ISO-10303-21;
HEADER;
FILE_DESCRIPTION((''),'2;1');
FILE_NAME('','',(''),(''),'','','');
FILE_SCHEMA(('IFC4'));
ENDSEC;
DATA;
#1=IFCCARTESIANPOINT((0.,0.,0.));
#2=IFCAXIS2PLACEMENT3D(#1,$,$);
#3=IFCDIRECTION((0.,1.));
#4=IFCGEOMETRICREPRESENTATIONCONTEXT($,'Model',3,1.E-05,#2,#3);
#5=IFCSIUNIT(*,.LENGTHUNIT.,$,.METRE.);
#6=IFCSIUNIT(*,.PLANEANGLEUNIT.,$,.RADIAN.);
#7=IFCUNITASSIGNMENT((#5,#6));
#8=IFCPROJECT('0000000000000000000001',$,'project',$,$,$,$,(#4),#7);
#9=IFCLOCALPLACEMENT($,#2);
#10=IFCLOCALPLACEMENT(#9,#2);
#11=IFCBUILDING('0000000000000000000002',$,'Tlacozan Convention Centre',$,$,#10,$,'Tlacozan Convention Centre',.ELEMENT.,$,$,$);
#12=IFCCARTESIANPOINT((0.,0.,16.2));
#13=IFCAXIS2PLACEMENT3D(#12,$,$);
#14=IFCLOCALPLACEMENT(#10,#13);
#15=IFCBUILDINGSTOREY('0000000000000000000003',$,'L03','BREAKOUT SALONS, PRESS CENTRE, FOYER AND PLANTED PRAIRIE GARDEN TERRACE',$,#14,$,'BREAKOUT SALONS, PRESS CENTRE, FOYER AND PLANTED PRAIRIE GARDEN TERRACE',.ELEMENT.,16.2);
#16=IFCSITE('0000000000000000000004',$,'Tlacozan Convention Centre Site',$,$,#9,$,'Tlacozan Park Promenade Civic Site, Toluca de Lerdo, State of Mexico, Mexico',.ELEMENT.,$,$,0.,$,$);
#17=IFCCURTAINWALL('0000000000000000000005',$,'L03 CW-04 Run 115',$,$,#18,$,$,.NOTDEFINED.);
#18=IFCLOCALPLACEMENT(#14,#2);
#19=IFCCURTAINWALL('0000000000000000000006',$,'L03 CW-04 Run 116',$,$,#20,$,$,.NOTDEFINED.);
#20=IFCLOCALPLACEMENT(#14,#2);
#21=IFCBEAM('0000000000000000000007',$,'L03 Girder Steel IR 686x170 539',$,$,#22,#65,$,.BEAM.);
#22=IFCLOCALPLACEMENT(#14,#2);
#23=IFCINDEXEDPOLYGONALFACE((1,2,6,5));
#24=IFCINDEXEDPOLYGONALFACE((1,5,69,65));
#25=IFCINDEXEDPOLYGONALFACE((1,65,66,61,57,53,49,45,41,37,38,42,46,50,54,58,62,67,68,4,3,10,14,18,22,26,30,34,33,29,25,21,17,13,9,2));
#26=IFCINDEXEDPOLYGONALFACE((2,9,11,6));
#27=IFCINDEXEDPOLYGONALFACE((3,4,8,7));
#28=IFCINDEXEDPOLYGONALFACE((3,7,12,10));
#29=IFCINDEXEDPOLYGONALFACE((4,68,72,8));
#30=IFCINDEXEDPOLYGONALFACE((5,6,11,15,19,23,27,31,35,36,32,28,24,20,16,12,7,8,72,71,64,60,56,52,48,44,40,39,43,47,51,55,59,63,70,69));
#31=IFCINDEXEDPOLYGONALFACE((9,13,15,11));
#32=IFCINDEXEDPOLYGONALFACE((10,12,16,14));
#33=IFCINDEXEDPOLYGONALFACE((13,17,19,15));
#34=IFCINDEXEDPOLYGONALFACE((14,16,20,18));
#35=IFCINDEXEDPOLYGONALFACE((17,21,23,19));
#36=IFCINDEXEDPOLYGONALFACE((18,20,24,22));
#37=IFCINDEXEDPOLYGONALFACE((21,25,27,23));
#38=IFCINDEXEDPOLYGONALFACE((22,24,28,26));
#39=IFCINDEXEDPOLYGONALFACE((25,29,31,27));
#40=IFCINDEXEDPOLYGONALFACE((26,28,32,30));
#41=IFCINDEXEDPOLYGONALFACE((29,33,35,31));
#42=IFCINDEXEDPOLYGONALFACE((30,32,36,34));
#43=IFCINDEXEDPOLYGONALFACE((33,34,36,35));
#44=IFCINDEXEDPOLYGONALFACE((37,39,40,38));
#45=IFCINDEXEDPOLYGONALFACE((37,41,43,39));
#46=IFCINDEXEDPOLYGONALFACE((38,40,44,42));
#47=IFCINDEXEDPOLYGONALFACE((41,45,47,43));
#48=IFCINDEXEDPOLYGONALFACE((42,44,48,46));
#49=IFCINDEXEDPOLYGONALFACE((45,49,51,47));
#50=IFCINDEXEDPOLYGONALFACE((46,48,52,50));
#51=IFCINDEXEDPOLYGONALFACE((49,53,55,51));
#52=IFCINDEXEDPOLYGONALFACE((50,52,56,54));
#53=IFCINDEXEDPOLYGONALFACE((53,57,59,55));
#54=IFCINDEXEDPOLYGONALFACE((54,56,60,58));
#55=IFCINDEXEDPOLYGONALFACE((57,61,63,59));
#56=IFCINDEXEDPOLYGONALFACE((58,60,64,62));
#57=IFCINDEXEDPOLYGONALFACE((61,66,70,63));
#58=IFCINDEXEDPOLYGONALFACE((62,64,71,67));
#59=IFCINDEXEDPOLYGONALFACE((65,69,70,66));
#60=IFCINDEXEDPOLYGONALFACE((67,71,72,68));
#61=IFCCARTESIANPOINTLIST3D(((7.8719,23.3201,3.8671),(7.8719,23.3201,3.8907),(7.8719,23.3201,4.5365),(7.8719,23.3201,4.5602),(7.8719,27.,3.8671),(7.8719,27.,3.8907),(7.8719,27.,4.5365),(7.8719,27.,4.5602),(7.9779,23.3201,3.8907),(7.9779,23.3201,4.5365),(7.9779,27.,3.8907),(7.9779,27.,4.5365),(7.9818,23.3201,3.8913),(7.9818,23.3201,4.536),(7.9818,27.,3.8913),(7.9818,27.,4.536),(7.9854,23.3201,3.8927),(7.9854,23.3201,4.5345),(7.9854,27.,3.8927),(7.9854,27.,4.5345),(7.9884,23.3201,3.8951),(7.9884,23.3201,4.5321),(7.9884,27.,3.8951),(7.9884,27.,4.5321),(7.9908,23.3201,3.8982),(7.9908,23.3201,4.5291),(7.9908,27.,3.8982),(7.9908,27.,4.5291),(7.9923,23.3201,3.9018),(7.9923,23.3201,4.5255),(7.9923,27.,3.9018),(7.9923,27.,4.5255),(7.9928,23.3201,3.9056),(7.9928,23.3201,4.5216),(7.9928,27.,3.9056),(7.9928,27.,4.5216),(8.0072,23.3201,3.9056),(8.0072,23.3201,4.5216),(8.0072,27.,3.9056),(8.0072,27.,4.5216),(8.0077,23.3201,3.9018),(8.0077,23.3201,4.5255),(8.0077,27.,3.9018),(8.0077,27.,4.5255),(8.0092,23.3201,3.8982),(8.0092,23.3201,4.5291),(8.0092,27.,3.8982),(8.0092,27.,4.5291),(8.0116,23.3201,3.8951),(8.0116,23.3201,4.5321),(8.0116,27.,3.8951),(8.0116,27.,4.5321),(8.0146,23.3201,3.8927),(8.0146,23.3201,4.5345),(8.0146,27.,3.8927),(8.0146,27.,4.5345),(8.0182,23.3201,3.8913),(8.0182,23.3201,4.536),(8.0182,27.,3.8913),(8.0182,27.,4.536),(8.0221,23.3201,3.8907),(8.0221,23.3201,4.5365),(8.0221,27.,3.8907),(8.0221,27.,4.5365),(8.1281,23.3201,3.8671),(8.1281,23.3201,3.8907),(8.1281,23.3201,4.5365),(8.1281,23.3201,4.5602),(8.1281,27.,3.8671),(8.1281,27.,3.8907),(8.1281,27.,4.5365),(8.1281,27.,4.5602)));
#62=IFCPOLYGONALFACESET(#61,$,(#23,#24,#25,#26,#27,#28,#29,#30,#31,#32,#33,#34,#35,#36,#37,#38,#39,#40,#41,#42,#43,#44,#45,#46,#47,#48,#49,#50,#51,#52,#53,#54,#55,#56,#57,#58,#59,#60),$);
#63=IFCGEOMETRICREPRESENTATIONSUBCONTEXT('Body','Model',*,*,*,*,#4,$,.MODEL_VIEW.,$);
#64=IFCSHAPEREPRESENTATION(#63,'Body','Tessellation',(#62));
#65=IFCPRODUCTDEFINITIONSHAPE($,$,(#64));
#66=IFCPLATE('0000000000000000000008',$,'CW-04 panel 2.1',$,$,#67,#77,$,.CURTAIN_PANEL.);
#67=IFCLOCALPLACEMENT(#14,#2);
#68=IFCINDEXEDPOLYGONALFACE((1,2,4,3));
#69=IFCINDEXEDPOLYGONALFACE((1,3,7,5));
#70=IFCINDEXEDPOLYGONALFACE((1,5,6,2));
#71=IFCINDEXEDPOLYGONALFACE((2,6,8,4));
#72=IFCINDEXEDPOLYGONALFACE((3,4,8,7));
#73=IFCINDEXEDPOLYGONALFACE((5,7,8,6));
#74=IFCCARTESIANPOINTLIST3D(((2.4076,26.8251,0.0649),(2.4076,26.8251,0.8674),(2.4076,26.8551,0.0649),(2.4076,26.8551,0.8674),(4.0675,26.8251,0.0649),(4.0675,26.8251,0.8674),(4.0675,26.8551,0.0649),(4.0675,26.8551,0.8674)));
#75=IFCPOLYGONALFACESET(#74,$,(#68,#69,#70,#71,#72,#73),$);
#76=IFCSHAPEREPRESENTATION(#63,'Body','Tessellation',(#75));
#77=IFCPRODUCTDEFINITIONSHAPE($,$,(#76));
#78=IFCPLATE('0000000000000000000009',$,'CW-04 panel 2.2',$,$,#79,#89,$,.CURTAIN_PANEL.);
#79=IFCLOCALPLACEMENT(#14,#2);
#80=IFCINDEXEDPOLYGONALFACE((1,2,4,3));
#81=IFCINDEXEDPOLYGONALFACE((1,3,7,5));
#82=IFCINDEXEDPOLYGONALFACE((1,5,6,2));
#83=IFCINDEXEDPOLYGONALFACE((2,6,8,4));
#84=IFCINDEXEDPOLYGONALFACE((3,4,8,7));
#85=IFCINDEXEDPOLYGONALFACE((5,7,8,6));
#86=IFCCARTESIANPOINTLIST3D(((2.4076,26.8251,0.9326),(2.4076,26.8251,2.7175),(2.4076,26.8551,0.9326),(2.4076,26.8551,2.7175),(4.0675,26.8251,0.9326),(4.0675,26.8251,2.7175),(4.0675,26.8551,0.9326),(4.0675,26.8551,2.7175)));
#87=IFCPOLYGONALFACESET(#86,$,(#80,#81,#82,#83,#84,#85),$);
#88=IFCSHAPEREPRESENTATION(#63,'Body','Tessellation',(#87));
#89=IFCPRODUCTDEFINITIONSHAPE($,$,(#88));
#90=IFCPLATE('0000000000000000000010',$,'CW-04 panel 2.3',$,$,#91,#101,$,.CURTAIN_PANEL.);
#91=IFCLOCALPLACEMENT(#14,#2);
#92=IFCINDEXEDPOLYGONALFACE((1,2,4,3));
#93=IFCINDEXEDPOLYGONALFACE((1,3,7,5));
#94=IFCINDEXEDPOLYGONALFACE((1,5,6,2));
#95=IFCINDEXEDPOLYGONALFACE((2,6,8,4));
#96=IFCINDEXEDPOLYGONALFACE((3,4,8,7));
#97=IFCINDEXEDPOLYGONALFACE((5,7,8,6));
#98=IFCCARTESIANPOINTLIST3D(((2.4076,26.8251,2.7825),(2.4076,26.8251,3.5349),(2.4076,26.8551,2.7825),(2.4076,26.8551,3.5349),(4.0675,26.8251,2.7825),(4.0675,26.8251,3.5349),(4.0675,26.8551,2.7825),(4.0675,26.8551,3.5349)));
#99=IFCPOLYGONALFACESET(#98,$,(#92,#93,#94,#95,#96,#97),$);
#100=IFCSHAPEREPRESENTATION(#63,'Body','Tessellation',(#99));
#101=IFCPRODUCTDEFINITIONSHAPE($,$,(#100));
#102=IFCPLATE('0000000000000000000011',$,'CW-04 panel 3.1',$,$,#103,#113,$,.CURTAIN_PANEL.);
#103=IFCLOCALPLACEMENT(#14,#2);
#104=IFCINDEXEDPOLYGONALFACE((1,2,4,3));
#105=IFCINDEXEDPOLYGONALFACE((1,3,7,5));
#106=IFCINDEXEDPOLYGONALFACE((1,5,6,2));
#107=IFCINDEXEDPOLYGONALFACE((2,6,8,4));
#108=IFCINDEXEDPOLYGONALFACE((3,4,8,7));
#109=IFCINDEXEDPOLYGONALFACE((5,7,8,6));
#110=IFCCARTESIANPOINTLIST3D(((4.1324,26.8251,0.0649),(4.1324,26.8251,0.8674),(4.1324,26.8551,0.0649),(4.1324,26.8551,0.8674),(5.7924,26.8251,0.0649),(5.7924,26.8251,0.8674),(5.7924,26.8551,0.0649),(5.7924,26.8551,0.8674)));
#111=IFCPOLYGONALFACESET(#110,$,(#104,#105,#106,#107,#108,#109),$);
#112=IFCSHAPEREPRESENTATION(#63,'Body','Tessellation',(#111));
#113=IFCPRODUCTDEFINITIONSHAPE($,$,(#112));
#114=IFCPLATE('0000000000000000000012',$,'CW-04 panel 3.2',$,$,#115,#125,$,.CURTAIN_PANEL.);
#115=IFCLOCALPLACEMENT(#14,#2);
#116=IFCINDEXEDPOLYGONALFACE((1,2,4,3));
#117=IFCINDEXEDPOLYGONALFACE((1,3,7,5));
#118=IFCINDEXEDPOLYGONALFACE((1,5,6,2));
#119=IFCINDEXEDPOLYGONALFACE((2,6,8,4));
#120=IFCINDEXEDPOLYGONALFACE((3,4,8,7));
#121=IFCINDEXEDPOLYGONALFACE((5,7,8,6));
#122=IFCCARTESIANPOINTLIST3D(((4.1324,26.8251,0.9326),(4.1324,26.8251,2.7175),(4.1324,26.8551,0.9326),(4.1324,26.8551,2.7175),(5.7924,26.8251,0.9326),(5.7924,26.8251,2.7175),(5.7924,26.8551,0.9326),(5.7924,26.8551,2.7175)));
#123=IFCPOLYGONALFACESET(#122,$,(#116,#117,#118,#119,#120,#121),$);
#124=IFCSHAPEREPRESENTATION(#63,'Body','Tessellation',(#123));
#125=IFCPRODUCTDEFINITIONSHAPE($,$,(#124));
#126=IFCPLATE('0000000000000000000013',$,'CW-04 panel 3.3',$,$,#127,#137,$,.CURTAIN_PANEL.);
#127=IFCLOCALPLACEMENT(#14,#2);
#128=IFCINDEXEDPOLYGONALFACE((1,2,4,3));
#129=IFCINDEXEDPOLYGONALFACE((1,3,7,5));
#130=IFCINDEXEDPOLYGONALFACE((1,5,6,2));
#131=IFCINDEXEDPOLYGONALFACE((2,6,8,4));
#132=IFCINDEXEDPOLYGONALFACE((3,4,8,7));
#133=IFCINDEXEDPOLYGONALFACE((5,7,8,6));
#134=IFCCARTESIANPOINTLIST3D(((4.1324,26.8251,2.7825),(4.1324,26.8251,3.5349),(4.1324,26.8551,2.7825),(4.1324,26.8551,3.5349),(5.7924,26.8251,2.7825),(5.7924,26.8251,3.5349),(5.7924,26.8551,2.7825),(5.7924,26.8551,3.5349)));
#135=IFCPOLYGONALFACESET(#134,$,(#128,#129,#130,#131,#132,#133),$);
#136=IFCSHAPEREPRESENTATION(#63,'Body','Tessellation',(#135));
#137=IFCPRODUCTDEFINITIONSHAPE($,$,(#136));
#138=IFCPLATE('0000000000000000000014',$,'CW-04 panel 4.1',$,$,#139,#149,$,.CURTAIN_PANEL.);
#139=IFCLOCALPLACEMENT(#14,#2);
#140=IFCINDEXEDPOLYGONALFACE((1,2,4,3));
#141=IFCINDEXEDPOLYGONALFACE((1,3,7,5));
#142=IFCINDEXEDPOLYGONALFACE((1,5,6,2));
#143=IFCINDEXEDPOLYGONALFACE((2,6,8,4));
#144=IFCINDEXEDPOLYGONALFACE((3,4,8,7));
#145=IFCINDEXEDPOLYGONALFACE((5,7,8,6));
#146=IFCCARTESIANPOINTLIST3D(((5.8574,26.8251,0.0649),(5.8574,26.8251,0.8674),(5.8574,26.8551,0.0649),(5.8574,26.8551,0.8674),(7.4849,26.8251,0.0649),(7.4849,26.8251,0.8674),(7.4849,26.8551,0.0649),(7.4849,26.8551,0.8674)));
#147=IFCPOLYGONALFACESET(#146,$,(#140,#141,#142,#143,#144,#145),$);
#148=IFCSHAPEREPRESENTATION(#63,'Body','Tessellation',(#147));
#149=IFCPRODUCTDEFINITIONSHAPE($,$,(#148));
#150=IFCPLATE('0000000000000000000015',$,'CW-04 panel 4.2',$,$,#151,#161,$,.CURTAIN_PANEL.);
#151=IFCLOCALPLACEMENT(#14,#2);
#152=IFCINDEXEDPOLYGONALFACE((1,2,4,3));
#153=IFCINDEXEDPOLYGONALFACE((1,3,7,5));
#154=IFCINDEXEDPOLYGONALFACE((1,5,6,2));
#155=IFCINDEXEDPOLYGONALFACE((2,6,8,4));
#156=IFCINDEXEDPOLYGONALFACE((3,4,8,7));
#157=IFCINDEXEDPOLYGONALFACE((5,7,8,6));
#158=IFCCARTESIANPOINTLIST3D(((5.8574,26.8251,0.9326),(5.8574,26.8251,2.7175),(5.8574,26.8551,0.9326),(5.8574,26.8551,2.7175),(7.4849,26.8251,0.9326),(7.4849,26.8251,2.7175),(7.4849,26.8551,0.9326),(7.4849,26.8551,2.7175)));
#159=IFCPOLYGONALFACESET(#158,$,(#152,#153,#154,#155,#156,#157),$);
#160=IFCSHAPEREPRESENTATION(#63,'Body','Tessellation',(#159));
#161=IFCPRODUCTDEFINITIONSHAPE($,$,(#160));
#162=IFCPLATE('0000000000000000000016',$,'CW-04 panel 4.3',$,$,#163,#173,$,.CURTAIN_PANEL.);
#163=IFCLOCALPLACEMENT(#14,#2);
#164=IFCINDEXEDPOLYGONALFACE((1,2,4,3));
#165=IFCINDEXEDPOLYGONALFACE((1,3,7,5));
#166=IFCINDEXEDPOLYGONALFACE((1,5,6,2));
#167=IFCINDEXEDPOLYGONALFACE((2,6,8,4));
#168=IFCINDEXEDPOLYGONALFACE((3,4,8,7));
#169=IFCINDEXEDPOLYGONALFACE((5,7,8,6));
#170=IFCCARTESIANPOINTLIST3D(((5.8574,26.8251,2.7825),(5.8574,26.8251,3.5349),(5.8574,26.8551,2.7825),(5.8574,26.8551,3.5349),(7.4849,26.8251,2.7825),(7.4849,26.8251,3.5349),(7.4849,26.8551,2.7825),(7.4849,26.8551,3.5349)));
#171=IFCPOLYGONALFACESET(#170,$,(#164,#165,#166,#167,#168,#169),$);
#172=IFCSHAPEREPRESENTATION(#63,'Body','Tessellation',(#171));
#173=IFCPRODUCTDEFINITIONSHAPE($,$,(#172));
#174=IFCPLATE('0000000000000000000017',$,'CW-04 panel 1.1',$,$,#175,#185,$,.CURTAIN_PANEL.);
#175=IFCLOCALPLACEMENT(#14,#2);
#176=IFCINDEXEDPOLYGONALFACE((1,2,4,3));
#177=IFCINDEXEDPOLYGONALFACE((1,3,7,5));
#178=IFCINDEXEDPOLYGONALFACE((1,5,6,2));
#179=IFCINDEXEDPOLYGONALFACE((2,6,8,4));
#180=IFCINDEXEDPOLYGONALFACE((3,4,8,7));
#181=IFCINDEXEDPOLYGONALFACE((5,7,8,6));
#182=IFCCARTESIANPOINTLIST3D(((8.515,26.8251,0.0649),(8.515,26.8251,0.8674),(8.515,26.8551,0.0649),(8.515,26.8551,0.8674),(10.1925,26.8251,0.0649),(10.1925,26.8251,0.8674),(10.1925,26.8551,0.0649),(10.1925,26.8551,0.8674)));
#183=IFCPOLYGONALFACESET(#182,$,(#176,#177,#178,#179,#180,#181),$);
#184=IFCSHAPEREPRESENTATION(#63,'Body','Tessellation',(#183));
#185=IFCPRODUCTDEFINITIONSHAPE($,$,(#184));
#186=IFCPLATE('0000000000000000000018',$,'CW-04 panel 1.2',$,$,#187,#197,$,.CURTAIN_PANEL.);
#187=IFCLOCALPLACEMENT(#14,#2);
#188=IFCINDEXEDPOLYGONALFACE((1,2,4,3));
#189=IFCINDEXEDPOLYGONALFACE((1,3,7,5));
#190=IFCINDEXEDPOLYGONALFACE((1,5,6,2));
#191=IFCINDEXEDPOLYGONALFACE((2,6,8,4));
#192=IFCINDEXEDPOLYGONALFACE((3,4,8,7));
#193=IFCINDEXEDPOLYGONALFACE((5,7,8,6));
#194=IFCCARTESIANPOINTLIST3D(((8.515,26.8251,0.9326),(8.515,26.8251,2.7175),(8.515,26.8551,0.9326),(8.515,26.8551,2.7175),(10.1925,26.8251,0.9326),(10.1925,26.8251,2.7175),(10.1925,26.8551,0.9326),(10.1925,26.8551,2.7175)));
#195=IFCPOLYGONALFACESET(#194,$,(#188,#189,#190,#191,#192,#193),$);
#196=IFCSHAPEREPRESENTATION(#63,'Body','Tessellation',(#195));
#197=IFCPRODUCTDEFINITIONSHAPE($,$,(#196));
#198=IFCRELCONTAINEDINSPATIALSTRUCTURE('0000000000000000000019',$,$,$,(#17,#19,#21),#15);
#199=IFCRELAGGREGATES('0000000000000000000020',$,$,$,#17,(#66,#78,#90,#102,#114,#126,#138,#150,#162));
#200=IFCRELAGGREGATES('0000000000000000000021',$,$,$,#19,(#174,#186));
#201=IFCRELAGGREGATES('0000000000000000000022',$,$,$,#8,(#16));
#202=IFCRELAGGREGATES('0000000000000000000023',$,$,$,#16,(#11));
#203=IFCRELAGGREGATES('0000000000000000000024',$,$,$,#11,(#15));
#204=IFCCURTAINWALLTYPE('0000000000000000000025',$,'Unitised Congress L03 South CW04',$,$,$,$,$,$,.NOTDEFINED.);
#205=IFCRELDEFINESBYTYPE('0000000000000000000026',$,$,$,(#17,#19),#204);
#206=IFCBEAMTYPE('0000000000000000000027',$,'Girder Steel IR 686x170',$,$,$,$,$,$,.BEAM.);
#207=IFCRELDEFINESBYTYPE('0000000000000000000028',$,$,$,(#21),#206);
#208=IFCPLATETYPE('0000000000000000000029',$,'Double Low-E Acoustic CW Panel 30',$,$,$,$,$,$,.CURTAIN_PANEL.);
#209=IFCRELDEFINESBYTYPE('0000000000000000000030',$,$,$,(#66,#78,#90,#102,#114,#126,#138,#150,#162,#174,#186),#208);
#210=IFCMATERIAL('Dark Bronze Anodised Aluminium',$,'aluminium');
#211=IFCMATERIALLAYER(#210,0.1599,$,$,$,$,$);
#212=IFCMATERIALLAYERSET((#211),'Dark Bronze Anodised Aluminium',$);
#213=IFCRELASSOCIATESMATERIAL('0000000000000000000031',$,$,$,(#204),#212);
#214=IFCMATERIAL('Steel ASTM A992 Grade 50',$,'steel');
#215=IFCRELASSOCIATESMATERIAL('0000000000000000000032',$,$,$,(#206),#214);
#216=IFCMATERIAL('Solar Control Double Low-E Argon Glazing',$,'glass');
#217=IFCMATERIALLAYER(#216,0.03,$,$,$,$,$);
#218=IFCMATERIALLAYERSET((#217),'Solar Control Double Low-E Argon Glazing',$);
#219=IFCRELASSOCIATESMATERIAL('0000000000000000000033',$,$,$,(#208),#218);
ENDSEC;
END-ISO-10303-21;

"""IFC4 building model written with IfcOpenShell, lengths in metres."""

from ifc_helpers import new_model, si_unit, direction, frame, origin, origin_2d, place, context, subcontext, project, spatial, rectangle, i_section, extrude, material, layer, layer_set, material_profile, profile_set, type_object, element, aggregate, save


model = new_model("IFC4")

# Units and contexts
model_context = context("Model", 3, precision=1e-05, world=origin(), true_north=direction((0.0, 1.0)))
body_context = subcontext(model_context, "Body", "Model", "MODEL_VIEW")
ifc_project = project(units=[si_unit("LENGTHUNIT", "METRE"), si_unit("PLANEANGLEUNIT", "RADIAN")], contexts=[model_context])

# Site, building, storey
site_placement = place(None, origin())
site = spatial("IfcSite", under=ifc_project, at=site_placement, Name="Tlacozan Convention Centre Site", LongName="Tlacozan Park Promenade Civic Site, Toluca de Lerdo, State of Mexico, Mexico", CompositionType="ELEMENT", RefElevation=0.0)
building_placement = place(site_placement, origin())
building = spatial("IfcBuilding", under=site, at=building_placement, Name="Tlacozan Convention Centre", LongName="Tlacozan Convention Centre", CompositionType="ELEMENT")
storey_placement = place(building_placement, frame((0.0, 0.0, 16.2)))
storey = spatial("IfcBuildingStorey", under=building, at=storey_placement, Name="L03", Description="BREAKOUT SALONS, PRESS CENTRE, FOYER AND PLANTED PRAIRIE GARDEN TERRACE", LongName="BREAKOUT SALONS, PRESS CENTRE, FOYER AND PLANTED PRAIRIE GARDEN TERRACE", CompositionType="ELEMENT", Elevation=16.2)

# Shared definitions
ifc_material_1 = material(Name="Steel ASTM A992 Grade 50", Category="steel")

# Curtain wall
ifc_material_2 = material(Name="Dark Bronze Anodised Aluminium", Category="aluminium")
ifc_layer_1 = layer(ifc_material_2, 0.1599)
ifc_layer_set_1 = layer_set([ifc_layer_1], Name="Dark Bronze Anodised Aluminium")
curtain_wall_type = type_object("IfcCurtainWallType", Name="Unitised Congress L03 South CW04", PredefinedType="NOTDEFINED", material=ifc_layer_set_1)
curtain_wall_1_placement = place(storey_placement, origin())
curtain_wall_1 = element("IfcCurtainWall", 1, at=curtain_wall_1_placement, inside=storey, type_object=curtain_wall_type, Name="L03 CW-04 Run 115", PredefinedType="NOTDEFINED")

# Curtain wall
curtain_wall_2_placement = place(storey_placement, origin())
curtain_wall_2 = element("IfcCurtainWall", 2, at=curtain_wall_2_placement, inside=storey, type_object=curtain_wall_type, Name="L03 CW-04 Run 116", PredefinedType="NOTDEFINED")

# Beam
ifc_material_profile_1 = material_profile(ifc_material_1, i_section(OverallWidth=0.2561, OverallDepth=0.6931, WebThickness=0.0144, FlangeThickness=0.0237, FilletRadius=0.0149, at=origin_2d()), Name="IR 686x170.0")
ifc_profile_set_1 = profile_set([ifc_material_profile_1], Name="Steel ASTM A992 Grade 50")
beam_type_1 = type_object("IfcBeamType", Name="Girder Steel IR 686x170", PredefinedType="BEAM", material=ifc_profile_set_1)
beam_placement = place(storey_placement, frame((8.0, 23.3201, 4.2136), z_axis=(0.0, 1.0, 0.0), x_axis=(-1.0, 0.0, 0.0)))
element("IfcBeam", 3, at=beam_placement, inside=storey, type_object=beam_type_1, Name="L03 Girder Steel IR 686x170 539", PredefinedType="BEAM", context=body_context, shape_type="SweptSolid", body=[
    extrude(i_section(OverallWidth=0.2561, OverallDepth=0.6931, WebThickness=0.0144, FlangeThickness=0.0237, FilletRadius=0.0149, at=origin_2d()), origin(), (0.0, 0.0, 1.0), 3.6799),
])

# Plates
ifc_material_3 = material(Name="Solar Control Double Low-E Argon Glazing", Category="glass")
ifc_layer_2 = layer(ifc_material_3, 0.03)
ifc_layer_set_2 = layer_set([ifc_layer_2], Name="Solar Control Double Low-E Argon Glazing")
plate_type = type_object("IfcPlateType", Name="Double Low-E Acoustic CW Panel 30", PredefinedType="CURTAIN_PANEL", material=ifc_layer_set_2)
plate_1_placement = place(storey_placement, frame((3.2375, 26.8401, 0.0649), z_axis=(0.0, 0.0, 1.0), x_axis=(1.0, 0.0, 0.0)))
plate_1 = element("IfcPlate", 4, at=plate_1_placement, type_object=plate_type, Name="CW-04 panel 2.1", PredefinedType="CURTAIN_PANEL", context=body_context, shape_type="SweptSolid", body=[
    extrude(rectangle(XDim=1.6599, YDim=0.03, at=origin_2d()), origin(), (0.0, 0.0, 1.0), 0.8025),
])
plate_2_placement = place(storey_placement, frame((3.2375, 26.8401, 0.9326), z_axis=(0.0, 0.0, 1.0), x_axis=(1.0, 0.0, 0.0)))
plate_2 = element("IfcPlate", 5, at=plate_2_placement, type_object=plate_type, Name="CW-04 panel 2.2", PredefinedType="CURTAIN_PANEL", context=body_context, shape_type="SweptSolid", body=[
    extrude(rectangle(XDim=1.6599, YDim=0.03, at=origin_2d()), origin(), (0.0, 0.0, 1.0), 1.7849),
])
plate_3_placement = place(storey_placement, frame((3.2375, 26.8401, 2.7825), z_axis=(0.0, 0.0, 1.0), x_axis=(1.0, 0.0, 0.0)))
plate_3 = element("IfcPlate", 6, at=plate_3_placement, type_object=plate_type, Name="CW-04 panel 2.3", PredefinedType="CURTAIN_PANEL", context=body_context, shape_type="SweptSolid", body=[
    extrude(rectangle(XDim=1.6599, YDim=0.03, at=origin_2d()), origin(), (0.0, 0.0, 1.0), 0.7524),
])
plate_4_placement = place(storey_placement, frame((4.9624, 26.8401, 0.0649), z_axis=(0.0, 0.0, 1.0), x_axis=(1.0, 0.0, 0.0)))
plate_4 = element("IfcPlate", 7, at=plate_4_placement, type_object=plate_type, Name="CW-04 panel 3.1", PredefinedType="CURTAIN_PANEL", context=body_context, shape_type="SweptSolid", body=[
    extrude(rectangle(XDim=1.6599, YDim=0.03, at=origin_2d()), origin(), (0.0, 0.0, 1.0), 0.8025),
])
plate_5_placement = place(storey_placement, frame((4.9624, 26.8401, 0.9326), z_axis=(0.0, 0.0, 1.0), x_axis=(1.0, 0.0, 0.0)))
plate_5 = element("IfcPlate", 8, at=plate_5_placement, type_object=plate_type, Name="CW-04 panel 3.2", PredefinedType="CURTAIN_PANEL", context=body_context, shape_type="SweptSolid", body=[
    extrude(rectangle(XDim=1.6599, YDim=0.03, at=origin_2d()), origin(), (0.0, 0.0, 1.0), 1.7849),
])
plate_6_placement = place(storey_placement, frame((4.9624, 26.8401, 2.7825), z_axis=(0.0, 0.0, 1.0), x_axis=(1.0, 0.0, 0.0)))
plate_6 = element("IfcPlate", 9, at=plate_6_placement, type_object=plate_type, Name="CW-04 panel 3.3", PredefinedType="CURTAIN_PANEL", context=body_context, shape_type="SweptSolid", body=[
    extrude(rectangle(XDim=1.6599, YDim=0.03, at=origin_2d()), origin(), (0.0, 0.0, 1.0), 0.7524),
])
plate_7_placement = place(storey_placement, frame((6.6711, 26.8401, 0.0649), z_axis=(0.0, 0.0, 1.0), x_axis=(1.0, 0.0, 0.0)))
plate_7 = element("IfcPlate", 10, at=plate_7_placement, type_object=plate_type, Name="CW-04 panel 4.1", PredefinedType="CURTAIN_PANEL", context=body_context, shape_type="SweptSolid", body=[
    extrude(rectangle(XDim=1.6274, YDim=0.03, at=origin_2d()), origin(), (0.0, 0.0, 1.0), 0.8025),
])
plate_8_placement = place(storey_placement, frame((6.6711, 26.8401, 0.9326), z_axis=(0.0, 0.0, 1.0), x_axis=(1.0, 0.0, 0.0)))
plate_8 = element("IfcPlate", 11, at=plate_8_placement, type_object=plate_type, Name="CW-04 panel 4.2", PredefinedType="CURTAIN_PANEL", context=body_context, shape_type="SweptSolid", body=[
    extrude(rectangle(XDim=1.6274, YDim=0.03, at=origin_2d()), origin(), (0.0, 0.0, 1.0), 1.7849),
])
plate_9_placement = place(storey_placement, frame((6.6711, 26.8401, 2.7825), z_axis=(0.0, 0.0, 1.0), x_axis=(1.0, 0.0, 0.0)))
plate_9 = element("IfcPlate", 12, at=plate_9_placement, type_object=plate_type, Name="CW-04 panel 4.3", PredefinedType="CURTAIN_PANEL", context=body_context, shape_type="SweptSolid", body=[
    extrude(rectangle(XDim=1.6274, YDim=0.03, at=origin_2d()), origin(), (0.0, 0.0, 1.0), 0.7524),
])
aggregate(curtain_wall_1, [plate_1, plate_2, plate_3, plate_4, plate_5, plate_6, plate_7, plate_8, plate_9])
plate_10_placement = place(storey_placement, frame((9.3538, 26.8401, 0.0649), z_axis=(0.0, 0.0, 1.0), x_axis=(1.0, 0.0, 0.0)))
plate_10 = element("IfcPlate", 13, at=plate_10_placement, type_object=plate_type, Name="CW-04 panel 1.1", PredefinedType="CURTAIN_PANEL", context=body_context, shape_type="SweptSolid", body=[
    extrude(rectangle(XDim=1.6775, YDim=0.03, at=origin_2d()), origin(), (0.0, 0.0, 1.0), 0.8025),
])
plate_11_placement = place(storey_placement, frame((9.3538, 26.8401, 0.9326), z_axis=(0.0, 0.0, 1.0), x_axis=(1.0, 0.0, 0.0)))
plate_11 = element("IfcPlate", 14, at=plate_11_placement, type_object=plate_type, Name="CW-04 panel 1.2", PredefinedType="CURTAIN_PANEL", context=body_context, shape_type="SweptSolid", body=[
    extrude(rectangle(XDim=1.6775, YDim=0.03, at=origin_2d()), origin(), (0.0, 0.0, 1.0), 1.7849),
])
aggregate(curtain_wall_2, [plate_10, plate_11])

save(model, "model.ifc")
